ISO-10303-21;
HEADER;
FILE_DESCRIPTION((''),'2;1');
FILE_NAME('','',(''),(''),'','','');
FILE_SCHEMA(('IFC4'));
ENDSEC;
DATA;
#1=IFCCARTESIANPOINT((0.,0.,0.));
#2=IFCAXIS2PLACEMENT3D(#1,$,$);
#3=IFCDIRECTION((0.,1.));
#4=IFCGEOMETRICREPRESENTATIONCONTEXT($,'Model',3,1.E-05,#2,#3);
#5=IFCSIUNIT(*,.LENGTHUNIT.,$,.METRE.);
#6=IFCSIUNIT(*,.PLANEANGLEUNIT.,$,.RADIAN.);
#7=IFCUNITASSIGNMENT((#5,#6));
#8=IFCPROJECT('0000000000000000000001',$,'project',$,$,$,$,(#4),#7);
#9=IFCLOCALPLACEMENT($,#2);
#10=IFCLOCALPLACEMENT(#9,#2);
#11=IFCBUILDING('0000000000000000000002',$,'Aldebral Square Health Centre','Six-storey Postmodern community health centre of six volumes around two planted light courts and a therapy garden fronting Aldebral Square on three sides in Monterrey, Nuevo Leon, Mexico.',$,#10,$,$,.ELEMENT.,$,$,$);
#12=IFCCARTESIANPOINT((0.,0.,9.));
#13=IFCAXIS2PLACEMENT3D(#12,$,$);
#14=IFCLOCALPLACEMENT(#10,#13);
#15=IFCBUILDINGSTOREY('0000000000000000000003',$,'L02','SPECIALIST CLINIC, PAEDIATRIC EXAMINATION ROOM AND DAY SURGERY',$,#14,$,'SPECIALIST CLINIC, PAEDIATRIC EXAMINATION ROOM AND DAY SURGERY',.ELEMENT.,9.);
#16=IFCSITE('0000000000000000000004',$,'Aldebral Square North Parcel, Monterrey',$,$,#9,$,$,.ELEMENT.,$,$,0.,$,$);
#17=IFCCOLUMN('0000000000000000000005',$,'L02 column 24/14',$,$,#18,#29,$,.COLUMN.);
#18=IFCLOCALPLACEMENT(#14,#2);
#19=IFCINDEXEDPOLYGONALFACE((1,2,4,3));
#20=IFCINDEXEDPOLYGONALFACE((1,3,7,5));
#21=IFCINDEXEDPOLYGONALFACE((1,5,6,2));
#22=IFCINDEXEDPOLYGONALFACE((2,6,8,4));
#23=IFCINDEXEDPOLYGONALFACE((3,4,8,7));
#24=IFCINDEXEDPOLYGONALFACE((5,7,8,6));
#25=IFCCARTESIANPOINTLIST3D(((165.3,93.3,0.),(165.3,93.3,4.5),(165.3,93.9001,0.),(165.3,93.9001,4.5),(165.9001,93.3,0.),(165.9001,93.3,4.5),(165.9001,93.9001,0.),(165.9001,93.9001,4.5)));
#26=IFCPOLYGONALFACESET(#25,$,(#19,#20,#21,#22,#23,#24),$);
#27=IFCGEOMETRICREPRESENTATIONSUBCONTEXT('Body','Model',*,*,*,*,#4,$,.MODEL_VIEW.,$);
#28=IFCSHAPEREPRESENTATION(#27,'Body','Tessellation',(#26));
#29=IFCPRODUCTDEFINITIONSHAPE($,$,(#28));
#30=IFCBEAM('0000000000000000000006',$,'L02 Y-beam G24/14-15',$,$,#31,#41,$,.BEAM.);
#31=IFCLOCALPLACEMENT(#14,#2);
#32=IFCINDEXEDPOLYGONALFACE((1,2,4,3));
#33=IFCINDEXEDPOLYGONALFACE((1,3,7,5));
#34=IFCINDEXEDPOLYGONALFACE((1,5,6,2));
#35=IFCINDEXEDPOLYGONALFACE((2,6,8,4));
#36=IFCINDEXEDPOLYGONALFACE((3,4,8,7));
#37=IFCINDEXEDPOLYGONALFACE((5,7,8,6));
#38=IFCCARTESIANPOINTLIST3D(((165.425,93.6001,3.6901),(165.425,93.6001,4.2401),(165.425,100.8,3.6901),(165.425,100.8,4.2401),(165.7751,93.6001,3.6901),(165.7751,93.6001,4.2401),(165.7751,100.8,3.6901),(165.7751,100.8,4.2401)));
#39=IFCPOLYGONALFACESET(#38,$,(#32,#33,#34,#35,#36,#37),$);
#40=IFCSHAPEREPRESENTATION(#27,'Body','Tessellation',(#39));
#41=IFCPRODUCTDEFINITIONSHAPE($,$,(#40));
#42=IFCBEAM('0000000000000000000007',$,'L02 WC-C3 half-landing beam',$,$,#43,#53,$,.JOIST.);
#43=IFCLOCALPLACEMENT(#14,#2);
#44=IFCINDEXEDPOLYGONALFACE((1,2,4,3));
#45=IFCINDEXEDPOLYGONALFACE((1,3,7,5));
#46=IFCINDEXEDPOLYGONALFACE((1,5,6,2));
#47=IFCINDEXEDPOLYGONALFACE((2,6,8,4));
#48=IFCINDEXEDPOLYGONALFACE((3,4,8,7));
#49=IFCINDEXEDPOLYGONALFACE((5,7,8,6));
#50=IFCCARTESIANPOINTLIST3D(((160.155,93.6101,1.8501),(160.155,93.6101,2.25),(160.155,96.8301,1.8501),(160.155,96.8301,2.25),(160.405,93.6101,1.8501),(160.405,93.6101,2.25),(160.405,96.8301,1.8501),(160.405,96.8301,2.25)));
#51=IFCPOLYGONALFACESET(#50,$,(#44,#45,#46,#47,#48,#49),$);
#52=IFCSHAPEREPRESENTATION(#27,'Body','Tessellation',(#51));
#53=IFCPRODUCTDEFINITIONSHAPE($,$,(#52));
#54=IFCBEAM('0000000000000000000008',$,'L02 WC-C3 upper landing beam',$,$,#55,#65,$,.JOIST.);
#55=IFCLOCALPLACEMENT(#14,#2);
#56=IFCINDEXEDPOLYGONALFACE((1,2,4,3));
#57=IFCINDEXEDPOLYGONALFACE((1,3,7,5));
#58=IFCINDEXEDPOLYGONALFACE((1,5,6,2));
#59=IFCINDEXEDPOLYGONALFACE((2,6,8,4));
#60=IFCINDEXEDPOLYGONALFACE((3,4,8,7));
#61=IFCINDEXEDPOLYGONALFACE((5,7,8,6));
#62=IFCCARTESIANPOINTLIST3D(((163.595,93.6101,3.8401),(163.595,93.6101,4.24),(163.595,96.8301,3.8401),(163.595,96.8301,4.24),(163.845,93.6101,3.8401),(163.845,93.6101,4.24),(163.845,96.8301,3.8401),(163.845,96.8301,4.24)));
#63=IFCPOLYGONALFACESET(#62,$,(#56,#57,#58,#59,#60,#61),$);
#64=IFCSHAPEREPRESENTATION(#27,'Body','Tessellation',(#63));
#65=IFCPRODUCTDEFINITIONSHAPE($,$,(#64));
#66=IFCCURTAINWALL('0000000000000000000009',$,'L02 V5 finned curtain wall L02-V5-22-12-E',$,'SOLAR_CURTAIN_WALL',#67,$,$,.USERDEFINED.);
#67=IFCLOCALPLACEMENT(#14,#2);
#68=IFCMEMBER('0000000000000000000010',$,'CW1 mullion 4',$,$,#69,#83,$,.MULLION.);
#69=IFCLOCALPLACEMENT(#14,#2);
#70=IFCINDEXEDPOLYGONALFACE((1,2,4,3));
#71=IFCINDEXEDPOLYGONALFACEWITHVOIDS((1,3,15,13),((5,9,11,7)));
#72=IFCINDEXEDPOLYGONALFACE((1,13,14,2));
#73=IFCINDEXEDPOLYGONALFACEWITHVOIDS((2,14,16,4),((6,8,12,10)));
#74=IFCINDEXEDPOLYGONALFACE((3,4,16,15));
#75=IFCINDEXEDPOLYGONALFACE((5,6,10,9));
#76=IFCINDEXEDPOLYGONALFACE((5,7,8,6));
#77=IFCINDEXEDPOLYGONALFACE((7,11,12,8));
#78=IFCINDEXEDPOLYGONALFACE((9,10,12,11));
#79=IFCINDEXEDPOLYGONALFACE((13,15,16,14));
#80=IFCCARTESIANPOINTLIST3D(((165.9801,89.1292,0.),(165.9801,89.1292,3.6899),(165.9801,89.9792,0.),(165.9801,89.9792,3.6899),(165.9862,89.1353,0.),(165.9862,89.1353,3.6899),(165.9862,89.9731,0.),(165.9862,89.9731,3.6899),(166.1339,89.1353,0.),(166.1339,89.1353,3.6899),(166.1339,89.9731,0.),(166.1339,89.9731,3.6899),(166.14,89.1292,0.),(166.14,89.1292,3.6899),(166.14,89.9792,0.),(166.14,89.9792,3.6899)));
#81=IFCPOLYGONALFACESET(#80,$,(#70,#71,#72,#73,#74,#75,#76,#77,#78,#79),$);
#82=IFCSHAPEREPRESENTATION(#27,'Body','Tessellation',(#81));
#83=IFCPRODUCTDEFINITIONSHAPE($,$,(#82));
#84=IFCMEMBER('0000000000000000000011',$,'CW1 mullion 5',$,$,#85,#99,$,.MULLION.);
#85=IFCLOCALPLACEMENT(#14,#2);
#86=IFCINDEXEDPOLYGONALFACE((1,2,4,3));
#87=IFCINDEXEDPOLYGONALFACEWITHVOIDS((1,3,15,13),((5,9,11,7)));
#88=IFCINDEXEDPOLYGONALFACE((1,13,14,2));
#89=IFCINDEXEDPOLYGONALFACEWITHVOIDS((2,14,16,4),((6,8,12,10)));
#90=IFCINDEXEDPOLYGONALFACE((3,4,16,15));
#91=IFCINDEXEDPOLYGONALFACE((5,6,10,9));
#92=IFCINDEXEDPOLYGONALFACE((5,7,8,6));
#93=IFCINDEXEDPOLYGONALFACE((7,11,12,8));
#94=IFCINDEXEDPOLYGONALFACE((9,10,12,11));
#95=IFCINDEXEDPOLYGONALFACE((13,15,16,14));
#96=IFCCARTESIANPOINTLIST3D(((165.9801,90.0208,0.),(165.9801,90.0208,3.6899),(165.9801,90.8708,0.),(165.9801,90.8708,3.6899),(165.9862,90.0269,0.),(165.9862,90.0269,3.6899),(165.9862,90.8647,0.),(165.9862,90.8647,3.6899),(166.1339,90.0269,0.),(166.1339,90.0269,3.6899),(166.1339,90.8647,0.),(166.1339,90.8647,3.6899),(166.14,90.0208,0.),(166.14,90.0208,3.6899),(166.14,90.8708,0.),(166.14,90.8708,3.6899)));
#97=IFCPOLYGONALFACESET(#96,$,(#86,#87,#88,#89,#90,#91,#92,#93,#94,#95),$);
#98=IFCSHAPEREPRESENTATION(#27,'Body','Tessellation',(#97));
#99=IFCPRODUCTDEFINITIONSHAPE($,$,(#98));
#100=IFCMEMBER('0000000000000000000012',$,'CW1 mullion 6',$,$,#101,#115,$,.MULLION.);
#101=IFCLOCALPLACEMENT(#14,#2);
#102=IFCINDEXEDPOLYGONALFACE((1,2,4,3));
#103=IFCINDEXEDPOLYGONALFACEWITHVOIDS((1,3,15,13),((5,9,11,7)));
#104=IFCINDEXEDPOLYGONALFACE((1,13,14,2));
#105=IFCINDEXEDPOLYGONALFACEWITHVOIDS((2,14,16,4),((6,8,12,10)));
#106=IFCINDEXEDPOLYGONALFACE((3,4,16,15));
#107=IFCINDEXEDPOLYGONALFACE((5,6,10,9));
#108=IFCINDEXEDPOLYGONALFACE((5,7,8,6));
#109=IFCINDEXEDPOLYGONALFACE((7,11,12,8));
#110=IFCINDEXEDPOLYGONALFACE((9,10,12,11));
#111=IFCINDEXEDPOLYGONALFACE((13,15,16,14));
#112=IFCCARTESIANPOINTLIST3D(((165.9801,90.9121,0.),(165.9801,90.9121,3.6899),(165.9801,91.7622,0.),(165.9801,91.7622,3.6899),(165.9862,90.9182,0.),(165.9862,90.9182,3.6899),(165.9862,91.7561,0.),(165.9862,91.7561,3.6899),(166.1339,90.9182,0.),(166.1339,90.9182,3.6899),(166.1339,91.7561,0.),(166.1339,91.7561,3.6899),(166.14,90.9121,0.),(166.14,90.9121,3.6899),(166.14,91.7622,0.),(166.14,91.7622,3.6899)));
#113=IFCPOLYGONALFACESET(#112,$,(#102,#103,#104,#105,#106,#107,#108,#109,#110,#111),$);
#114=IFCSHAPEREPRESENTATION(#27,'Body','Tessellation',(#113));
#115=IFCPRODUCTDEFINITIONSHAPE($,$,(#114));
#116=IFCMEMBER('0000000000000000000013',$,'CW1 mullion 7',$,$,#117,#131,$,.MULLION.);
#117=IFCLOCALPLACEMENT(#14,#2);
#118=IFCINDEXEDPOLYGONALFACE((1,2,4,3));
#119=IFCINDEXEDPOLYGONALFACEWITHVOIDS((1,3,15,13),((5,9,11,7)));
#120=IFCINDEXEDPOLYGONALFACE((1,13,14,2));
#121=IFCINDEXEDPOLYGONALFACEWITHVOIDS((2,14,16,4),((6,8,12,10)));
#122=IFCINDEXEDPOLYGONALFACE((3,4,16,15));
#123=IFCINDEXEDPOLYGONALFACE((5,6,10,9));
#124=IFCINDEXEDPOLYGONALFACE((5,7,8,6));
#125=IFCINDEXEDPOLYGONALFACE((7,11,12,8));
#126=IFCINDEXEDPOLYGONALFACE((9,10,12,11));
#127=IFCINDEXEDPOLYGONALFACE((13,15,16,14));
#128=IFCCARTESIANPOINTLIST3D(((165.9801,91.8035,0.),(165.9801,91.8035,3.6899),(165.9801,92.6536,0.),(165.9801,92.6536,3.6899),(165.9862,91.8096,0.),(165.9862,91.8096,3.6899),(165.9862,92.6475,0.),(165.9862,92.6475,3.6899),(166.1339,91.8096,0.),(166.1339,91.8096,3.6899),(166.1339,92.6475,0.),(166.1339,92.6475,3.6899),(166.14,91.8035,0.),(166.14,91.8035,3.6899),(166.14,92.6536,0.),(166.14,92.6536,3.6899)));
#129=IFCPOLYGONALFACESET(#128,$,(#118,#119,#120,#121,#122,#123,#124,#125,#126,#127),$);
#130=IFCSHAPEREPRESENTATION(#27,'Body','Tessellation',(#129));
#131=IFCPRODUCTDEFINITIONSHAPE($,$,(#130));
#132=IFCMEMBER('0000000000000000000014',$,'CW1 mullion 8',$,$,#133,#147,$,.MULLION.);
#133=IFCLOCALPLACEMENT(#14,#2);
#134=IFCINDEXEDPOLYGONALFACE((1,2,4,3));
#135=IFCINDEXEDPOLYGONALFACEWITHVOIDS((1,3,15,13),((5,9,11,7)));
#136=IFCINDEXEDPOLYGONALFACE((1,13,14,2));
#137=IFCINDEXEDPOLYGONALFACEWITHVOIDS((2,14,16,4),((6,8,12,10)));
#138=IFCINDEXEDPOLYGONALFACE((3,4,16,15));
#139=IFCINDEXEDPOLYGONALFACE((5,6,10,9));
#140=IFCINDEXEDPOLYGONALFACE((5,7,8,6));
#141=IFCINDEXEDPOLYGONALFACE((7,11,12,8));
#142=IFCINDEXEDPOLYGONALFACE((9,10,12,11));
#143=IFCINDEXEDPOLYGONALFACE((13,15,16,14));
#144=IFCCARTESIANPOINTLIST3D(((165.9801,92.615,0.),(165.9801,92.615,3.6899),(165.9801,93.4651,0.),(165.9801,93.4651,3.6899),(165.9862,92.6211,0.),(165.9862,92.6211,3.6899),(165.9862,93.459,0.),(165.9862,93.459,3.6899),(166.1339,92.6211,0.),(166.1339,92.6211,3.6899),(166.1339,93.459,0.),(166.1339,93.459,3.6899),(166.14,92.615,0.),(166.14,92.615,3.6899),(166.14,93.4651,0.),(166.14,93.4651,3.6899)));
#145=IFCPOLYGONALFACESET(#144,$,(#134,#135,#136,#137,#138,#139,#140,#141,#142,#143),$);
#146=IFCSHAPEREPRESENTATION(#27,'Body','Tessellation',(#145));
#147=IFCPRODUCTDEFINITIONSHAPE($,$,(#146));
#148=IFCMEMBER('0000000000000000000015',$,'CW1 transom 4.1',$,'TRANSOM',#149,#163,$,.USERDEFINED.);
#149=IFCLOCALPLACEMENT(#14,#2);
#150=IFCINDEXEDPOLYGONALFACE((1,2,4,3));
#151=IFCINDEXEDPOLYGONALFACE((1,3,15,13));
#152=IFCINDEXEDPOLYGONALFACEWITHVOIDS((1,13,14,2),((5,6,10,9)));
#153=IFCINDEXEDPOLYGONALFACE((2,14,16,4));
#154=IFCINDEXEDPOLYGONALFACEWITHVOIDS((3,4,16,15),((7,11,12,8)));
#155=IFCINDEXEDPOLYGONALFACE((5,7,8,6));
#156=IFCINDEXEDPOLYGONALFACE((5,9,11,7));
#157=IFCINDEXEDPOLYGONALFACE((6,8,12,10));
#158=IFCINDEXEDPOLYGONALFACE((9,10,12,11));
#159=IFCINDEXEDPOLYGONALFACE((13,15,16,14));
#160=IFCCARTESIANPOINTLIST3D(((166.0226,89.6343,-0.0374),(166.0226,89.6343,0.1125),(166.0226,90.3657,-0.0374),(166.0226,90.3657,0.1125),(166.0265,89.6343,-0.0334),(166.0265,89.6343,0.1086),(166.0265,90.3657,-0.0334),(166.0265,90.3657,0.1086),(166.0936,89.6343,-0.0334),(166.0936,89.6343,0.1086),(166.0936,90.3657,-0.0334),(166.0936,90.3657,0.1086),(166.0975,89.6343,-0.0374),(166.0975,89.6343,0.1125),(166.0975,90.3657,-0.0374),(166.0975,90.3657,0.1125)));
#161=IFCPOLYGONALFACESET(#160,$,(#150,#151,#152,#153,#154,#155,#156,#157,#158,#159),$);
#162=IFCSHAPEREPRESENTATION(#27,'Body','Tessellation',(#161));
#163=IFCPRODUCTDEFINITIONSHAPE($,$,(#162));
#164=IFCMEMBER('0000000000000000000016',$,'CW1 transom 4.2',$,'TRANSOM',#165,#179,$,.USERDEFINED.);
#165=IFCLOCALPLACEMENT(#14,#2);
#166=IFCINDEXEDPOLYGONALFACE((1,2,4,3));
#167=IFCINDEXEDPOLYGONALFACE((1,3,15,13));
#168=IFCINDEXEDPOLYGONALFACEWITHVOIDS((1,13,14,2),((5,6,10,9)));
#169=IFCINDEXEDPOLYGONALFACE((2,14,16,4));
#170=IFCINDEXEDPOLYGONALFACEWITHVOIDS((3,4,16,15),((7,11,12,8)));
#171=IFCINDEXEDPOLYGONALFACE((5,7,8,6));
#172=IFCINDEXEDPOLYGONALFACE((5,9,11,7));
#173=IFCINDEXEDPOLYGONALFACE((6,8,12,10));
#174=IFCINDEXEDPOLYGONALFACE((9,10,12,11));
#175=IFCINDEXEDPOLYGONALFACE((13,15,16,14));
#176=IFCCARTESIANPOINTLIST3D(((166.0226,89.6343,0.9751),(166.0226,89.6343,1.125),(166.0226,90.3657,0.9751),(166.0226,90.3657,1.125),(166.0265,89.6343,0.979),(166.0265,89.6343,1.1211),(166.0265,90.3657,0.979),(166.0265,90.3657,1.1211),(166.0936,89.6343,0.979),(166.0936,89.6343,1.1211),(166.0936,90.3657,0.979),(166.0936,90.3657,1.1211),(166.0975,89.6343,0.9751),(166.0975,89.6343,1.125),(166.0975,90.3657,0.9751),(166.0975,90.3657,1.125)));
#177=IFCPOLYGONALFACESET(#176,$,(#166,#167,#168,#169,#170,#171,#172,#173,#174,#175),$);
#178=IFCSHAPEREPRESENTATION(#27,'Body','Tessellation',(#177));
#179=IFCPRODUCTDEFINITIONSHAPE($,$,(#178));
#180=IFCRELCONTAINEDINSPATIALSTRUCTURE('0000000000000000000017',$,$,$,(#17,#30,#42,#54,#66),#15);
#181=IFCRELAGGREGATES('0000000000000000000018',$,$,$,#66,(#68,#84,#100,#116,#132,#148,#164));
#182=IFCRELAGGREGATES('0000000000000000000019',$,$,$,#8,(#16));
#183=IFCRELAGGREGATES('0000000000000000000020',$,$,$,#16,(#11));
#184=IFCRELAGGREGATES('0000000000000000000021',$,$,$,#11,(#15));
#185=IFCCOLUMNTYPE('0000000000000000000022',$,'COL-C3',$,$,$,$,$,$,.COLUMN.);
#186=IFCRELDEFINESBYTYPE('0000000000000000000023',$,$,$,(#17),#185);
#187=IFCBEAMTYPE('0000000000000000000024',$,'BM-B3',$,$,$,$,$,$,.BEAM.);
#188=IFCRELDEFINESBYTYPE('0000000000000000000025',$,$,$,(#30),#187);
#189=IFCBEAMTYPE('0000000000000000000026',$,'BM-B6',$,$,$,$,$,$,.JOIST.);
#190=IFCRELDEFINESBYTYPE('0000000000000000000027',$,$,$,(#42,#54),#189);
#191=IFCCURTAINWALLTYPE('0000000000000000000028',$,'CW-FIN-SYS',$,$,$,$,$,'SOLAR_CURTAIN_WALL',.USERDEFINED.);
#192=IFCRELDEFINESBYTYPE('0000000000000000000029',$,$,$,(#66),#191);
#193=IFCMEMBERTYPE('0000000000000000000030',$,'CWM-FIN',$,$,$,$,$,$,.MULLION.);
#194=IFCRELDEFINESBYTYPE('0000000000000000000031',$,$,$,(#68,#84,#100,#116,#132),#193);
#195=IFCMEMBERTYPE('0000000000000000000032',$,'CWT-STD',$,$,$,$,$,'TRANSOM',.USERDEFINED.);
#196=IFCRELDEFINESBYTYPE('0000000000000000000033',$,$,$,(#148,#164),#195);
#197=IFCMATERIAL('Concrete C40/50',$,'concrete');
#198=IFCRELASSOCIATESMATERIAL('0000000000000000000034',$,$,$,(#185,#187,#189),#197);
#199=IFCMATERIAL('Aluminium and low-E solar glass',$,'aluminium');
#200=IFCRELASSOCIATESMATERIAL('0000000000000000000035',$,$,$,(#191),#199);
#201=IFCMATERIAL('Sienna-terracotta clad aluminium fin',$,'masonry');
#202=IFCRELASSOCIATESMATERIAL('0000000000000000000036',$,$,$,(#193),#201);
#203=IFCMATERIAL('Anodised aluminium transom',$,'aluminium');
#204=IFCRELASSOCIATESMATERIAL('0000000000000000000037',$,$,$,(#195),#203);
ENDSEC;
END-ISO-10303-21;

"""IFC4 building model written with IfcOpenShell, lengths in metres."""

from ifc_helpers import new_model, si_unit, direction, frame, origin, origin_2d, place, context, subcontext, project, spatial, rectangle, hollow_rectangle, extrude, material, material_profile, profile_set, type_object, element, aggregate, save


model = new_model("IFC4")

# Units and contexts
model_context = context("Model", 3, precision=1e-05, world=origin(), true_north=direction((0.0, 1.0)))
body_context = subcontext(model_context, "Body", "Model", "MODEL_VIEW")
ifc_project = project(units=[si_unit("LENGTHUNIT", "METRE"), si_unit("PLANEANGLEUNIT", "RADIAN")], contexts=[model_context])

# Site, building, storey
site_placement = place(None, origin())
site = spatial("IfcSite", under=ifc_project, at=site_placement, Name="Aldebral Square North Parcel, Monterrey", CompositionType="ELEMENT", RefElevation=0.0)
building_placement = place(site_placement, origin())
building = spatial("IfcBuilding", under=site, at=building_placement, Name="Aldebral Square Health Centre", Description="Six-storey Postmodern community health centre of six volumes around two planted light courts and a therapy garden fronting Aldebral Square on three sides in Monterrey, Nuevo Leon, Mexico.", CompositionType="ELEMENT")
storey_placement = place(building_placement, frame((0.0, 0.0, 9.0)))
storey = spatial("IfcBuildingStorey", under=building, at=storey_placement, Name="L02", Description="SPECIALIST CLINIC, PAEDIATRIC EXAMINATION ROOM AND DAY SURGERY", LongName="SPECIALIST CLINIC, PAEDIATRIC EXAMINATION ROOM AND DAY SURGERY", CompositionType="ELEMENT", Elevation=9.0)

# Column
ifc_material_1 = material(Name="Concrete C40/50", Category="concrete")
ifc_material_profile_1 = material_profile(ifc_material_1, rectangle(XDim=0.6001, YDim=0.6001, at=origin_2d()), Name="RC 600x600")
ifc_profile_set_1 = profile_set([ifc_material_profile_1], Name="Concrete C40/50")
column_type = type_object("IfcColumnType", Name="COL-C3", PredefinedType="COLUMN", material=ifc_profile_set_1)
column_placement = place(storey_placement, frame((165.6001, 93.6001, 0.0), z_axis=(0.0, 0.0, 1.0), x_axis=(1.0, 0.0, 0.0)))
element("IfcColumn", 1, at=column_placement, inside=storey, type_object=column_type, Name="L02 column 24/14", PredefinedType="COLUMN", context=body_context, shape_type="SweptSolid", body=[
    extrude(rectangle(XDim=0.6001, YDim=0.6001, at=origin_2d()), origin(), (0.0, 0.0, 1.0), 4.5),
])

# Beams
ifc_material_profile_2 = material_profile(ifc_material_1, rectangle(XDim=0.3501, YDim=0.55, at=origin_2d()), Name="RC 350x550")
ifc_profile_set_2 = profile_set([ifc_material_profile_2], Name="Concrete C40/50")
beam_type_1 = type_object("IfcBeamType", Name="BM-B3", PredefinedType="BEAM", material=ifc_profile_set_2)
beam_placement = place(storey_placement, frame((165.6001, 93.6001, 3.9651), z_axis=(0.0, 1.0, 0.0), x_axis=(-1.0, 0.0, 0.0)))
element("IfcBeam", 2, at=beam_placement, inside=storey, type_object=beam_type_1, Name="L02 Y-beam G24/14-15", PredefinedType="BEAM", context=body_context, shape_type="SweptSolid", body=[
    extrude(rectangle(XDim=0.3501, YDim=0.55, at=origin_2d()), origin(), (0.0, 0.0, 1.0), 7.2),
])
ifc_material_profile_3 = material_profile(ifc_material_1, rectangle(XDim=0.25, YDim=0.3999, at=origin_2d()), Name="RC 250x400")
ifc_profile_set_3 = profile_set([ifc_material_profile_3], Name="Concrete C40/50")
beam_type_2 = type_object("IfcBeamType", Name="BM-B6", PredefinedType="JOIST", material=ifc_profile_set_3)
for number, where, z_axis, x_axis, name in (
    (3, (160.28, 93.6101, 2.05), (0.0, 1.0, 0.0), (-1.0, 0.0, 0.0), "L02 WC-C3 half-landing beam"),
    (4, (163.72, 93.6101, 4.04), (0.0, 1.0, 0.0), (-1.0, 0.0, 0.0), "L02 WC-C3 upper landing beam"),
):
    element("IfcBeam", number, at=place(storey_placement, frame(where, z_axis=z_axis, x_axis=x_axis)), inside=storey, type_object=beam_type_2, Name=name, PredefinedType="JOIST", context=body_context, shape_type="SweptSolid", body=[
        extrude(rectangle(XDim=0.25, YDim=0.3999, at=origin_2d()), origin(), (0.0, 0.0, 1.0), 3.22),
    ])

# Curtain wall, members
ifc_material_2 = material(Name="Aluminium and low-E solar glass", Category="aluminium")
curtain_wall_type = type_object("IfcCurtainWallType", Name="CW-FIN-SYS", ElementType="SOLAR_CURTAIN_WALL", PredefinedType="USERDEFINED", material=ifc_material_2)
curtain_wall_placement = place(storey_placement, origin())
curtain_wall = element("IfcCurtainWall", 5, at=curtain_wall_placement, inside=storey, type_object=curtain_wall_type, Name="L02 V5 finned curtain wall L02-V5-22-12-E", ObjectType="SOLAR_CURTAIN_WALL", PredefinedType="USERDEFINED")
ifc_material_3 = material(Name="Sienna-terracotta clad aluminium fin", Category="masonry")
ifc_material_profile_4 = material_profile(ifc_material_3, hollow_rectangle(XDim=0.1599, YDim=0.8501, WallThickness=0.0061, at=origin_2d()), Name="FIN 160x850x6")
ifc_profile_set_4 = profile_set([ifc_material_profile_4], Name="Sienna-terracotta clad aluminium fin")
member_type_1 = type_object("IfcMemberType", Name="CWM-FIN", PredefinedType="MULLION", material=ifc_profile_set_4)
member_1_placement = place(storey_placement, frame((166.0601, 89.5542, 0.0), z_axis=(0.0, 0.0, 1.0), x_axis=(-1.0, 0.0, 0.0)))
member_1 = element("IfcMember", 6, at=member_1_placement, type_object=member_type_1, Name="CW1 mullion 4", PredefinedType="MULLION", context=body_context, shape_type="SweptSolid", body=[
    extrude(hollow_rectangle(XDim=0.1599, YDim=0.8501, WallThickness=0.0061, at=origin_2d()), origin(), (0.0, 0.0, 1.0), 3.6899),
])
member_2_placement = place(storey_placement, frame((166.0601, 90.4458, 0.0), z_axis=(0.0, 0.0, 1.0), x_axis=(-1.0, 0.0, 0.0)))
member_2 = element("IfcMember", 7, at=member_2_placement, type_object=member_type_1, Name="CW1 mullion 5", PredefinedType="MULLION", context=body_context, shape_type="SweptSolid", body=[
    extrude(hollow_rectangle(XDim=0.1599, YDim=0.8501, WallThickness=0.0061, at=origin_2d()), origin(), (0.0, 0.0, 1.0), 3.6899),
])
member_3_placement = place(storey_placement, frame((166.0601, 91.3372, 0.0), z_axis=(0.0, 0.0, 1.0), x_axis=(-1.0, 0.0, 0.0)))
member_3 = element("IfcMember", 8, at=member_3_placement, type_object=member_type_1, Name="CW1 mullion 6", PredefinedType="MULLION", context=body_context, shape_type="SweptSolid", body=[
    extrude(hollow_rectangle(XDim=0.1599, YDim=0.8501, WallThickness=0.0061, at=origin_2d()), origin(), (0.0, 0.0, 1.0), 3.6899),
])
member_4_placement = place(storey_placement, frame((166.0601, 92.2285, 0.0), z_axis=(0.0, 0.0, 1.0), x_axis=(-1.0, 0.0, 0.0)))
member_4 = element("IfcMember", 9, at=member_4_placement, type_object=member_type_1, Name="CW1 mullion 7", PredefinedType="MULLION", context=body_context, shape_type="SweptSolid", body=[
    extrude(hollow_rectangle(XDim=0.1599, YDim=0.8501, WallThickness=0.0061, at=origin_2d()), origin(), (0.0, 0.0, 1.0), 3.6899),
])
member_5_placement = place(storey_placement, frame((166.0601, 93.04, 0.0), z_axis=(0.0, 0.0, 1.0), x_axis=(-1.0, 0.0, 0.0)))
member_5 = element("IfcMember", 10, at=member_5_placement, type_object=member_type_1, Name="CW1 mullion 8", PredefinedType="MULLION", context=body_context, shape_type="SweptSolid", body=[
    extrude(hollow_rectangle(XDim=0.1599, YDim=0.8501, WallThickness=0.0061, at=origin_2d()), origin(), (0.0, 0.0, 1.0), 3.6899),
])
ifc_material_4 = material(Name="Anodised aluminium transom", Category="aluminium")
ifc_material_profile_5 = material_profile(ifc_material_4, hollow_rectangle(XDim=0.075, YDim=0.1499, WallThickness=0.0039, at=origin_2d()), Name="CWT 75x150x4")
ifc_profile_set_5 = profile_set([ifc_material_profile_5], Name="Anodised aluminium transom")
member_type_2 = type_object("IfcMemberType", Name="CWT-STD", ElementType="TRANSOM", PredefinedType="USERDEFINED", material=ifc_profile_set_5)
member_6_placement = place(storey_placement, frame((166.0601, 89.6343, 0.0376), z_axis=(0.0, 1.0, 0.0), x_axis=(-1.0, 0.0, 0.0)))
member_6 = element("IfcMember", 11, at=member_6_placement, type_object=member_type_2, Name="CW1 transom 4.1", ObjectType="TRANSOM", PredefinedType="USERDEFINED", context=body_context, shape_type="SweptSolid", body=[
    extrude(hollow_rectangle(XDim=0.075, YDim=0.1499, WallThickness=0.0039, at=origin_2d()), origin(), (0.0, 0.0, 1.0), 0.7314),
])
member_7_placement = place(storey_placement, frame((166.0601, 89.6343, 1.05), z_axis=(0.0, 1.0, 0.0), x_axis=(-1.0, 0.0, 0.0)))
member_7 = element("IfcMember", 12, at=member_7_placement, type_object=member_type_2, Name="CW1 transom 4.2", ObjectType="TRANSOM", PredefinedType="USERDEFINED", context=body_context, shape_type="SweptSolid", body=[
    extrude(hollow_rectangle(XDim=0.075, YDim=0.1499, WallThickness=0.0039, at=origin_2d()), origin(), (0.0, 0.0, 1.0), 0.7314),
])
aggregate(curtain_wall, [member_1, member_2, member_3, member_4, member_5, member_6, member_7])

save(model, "model.ifc")
